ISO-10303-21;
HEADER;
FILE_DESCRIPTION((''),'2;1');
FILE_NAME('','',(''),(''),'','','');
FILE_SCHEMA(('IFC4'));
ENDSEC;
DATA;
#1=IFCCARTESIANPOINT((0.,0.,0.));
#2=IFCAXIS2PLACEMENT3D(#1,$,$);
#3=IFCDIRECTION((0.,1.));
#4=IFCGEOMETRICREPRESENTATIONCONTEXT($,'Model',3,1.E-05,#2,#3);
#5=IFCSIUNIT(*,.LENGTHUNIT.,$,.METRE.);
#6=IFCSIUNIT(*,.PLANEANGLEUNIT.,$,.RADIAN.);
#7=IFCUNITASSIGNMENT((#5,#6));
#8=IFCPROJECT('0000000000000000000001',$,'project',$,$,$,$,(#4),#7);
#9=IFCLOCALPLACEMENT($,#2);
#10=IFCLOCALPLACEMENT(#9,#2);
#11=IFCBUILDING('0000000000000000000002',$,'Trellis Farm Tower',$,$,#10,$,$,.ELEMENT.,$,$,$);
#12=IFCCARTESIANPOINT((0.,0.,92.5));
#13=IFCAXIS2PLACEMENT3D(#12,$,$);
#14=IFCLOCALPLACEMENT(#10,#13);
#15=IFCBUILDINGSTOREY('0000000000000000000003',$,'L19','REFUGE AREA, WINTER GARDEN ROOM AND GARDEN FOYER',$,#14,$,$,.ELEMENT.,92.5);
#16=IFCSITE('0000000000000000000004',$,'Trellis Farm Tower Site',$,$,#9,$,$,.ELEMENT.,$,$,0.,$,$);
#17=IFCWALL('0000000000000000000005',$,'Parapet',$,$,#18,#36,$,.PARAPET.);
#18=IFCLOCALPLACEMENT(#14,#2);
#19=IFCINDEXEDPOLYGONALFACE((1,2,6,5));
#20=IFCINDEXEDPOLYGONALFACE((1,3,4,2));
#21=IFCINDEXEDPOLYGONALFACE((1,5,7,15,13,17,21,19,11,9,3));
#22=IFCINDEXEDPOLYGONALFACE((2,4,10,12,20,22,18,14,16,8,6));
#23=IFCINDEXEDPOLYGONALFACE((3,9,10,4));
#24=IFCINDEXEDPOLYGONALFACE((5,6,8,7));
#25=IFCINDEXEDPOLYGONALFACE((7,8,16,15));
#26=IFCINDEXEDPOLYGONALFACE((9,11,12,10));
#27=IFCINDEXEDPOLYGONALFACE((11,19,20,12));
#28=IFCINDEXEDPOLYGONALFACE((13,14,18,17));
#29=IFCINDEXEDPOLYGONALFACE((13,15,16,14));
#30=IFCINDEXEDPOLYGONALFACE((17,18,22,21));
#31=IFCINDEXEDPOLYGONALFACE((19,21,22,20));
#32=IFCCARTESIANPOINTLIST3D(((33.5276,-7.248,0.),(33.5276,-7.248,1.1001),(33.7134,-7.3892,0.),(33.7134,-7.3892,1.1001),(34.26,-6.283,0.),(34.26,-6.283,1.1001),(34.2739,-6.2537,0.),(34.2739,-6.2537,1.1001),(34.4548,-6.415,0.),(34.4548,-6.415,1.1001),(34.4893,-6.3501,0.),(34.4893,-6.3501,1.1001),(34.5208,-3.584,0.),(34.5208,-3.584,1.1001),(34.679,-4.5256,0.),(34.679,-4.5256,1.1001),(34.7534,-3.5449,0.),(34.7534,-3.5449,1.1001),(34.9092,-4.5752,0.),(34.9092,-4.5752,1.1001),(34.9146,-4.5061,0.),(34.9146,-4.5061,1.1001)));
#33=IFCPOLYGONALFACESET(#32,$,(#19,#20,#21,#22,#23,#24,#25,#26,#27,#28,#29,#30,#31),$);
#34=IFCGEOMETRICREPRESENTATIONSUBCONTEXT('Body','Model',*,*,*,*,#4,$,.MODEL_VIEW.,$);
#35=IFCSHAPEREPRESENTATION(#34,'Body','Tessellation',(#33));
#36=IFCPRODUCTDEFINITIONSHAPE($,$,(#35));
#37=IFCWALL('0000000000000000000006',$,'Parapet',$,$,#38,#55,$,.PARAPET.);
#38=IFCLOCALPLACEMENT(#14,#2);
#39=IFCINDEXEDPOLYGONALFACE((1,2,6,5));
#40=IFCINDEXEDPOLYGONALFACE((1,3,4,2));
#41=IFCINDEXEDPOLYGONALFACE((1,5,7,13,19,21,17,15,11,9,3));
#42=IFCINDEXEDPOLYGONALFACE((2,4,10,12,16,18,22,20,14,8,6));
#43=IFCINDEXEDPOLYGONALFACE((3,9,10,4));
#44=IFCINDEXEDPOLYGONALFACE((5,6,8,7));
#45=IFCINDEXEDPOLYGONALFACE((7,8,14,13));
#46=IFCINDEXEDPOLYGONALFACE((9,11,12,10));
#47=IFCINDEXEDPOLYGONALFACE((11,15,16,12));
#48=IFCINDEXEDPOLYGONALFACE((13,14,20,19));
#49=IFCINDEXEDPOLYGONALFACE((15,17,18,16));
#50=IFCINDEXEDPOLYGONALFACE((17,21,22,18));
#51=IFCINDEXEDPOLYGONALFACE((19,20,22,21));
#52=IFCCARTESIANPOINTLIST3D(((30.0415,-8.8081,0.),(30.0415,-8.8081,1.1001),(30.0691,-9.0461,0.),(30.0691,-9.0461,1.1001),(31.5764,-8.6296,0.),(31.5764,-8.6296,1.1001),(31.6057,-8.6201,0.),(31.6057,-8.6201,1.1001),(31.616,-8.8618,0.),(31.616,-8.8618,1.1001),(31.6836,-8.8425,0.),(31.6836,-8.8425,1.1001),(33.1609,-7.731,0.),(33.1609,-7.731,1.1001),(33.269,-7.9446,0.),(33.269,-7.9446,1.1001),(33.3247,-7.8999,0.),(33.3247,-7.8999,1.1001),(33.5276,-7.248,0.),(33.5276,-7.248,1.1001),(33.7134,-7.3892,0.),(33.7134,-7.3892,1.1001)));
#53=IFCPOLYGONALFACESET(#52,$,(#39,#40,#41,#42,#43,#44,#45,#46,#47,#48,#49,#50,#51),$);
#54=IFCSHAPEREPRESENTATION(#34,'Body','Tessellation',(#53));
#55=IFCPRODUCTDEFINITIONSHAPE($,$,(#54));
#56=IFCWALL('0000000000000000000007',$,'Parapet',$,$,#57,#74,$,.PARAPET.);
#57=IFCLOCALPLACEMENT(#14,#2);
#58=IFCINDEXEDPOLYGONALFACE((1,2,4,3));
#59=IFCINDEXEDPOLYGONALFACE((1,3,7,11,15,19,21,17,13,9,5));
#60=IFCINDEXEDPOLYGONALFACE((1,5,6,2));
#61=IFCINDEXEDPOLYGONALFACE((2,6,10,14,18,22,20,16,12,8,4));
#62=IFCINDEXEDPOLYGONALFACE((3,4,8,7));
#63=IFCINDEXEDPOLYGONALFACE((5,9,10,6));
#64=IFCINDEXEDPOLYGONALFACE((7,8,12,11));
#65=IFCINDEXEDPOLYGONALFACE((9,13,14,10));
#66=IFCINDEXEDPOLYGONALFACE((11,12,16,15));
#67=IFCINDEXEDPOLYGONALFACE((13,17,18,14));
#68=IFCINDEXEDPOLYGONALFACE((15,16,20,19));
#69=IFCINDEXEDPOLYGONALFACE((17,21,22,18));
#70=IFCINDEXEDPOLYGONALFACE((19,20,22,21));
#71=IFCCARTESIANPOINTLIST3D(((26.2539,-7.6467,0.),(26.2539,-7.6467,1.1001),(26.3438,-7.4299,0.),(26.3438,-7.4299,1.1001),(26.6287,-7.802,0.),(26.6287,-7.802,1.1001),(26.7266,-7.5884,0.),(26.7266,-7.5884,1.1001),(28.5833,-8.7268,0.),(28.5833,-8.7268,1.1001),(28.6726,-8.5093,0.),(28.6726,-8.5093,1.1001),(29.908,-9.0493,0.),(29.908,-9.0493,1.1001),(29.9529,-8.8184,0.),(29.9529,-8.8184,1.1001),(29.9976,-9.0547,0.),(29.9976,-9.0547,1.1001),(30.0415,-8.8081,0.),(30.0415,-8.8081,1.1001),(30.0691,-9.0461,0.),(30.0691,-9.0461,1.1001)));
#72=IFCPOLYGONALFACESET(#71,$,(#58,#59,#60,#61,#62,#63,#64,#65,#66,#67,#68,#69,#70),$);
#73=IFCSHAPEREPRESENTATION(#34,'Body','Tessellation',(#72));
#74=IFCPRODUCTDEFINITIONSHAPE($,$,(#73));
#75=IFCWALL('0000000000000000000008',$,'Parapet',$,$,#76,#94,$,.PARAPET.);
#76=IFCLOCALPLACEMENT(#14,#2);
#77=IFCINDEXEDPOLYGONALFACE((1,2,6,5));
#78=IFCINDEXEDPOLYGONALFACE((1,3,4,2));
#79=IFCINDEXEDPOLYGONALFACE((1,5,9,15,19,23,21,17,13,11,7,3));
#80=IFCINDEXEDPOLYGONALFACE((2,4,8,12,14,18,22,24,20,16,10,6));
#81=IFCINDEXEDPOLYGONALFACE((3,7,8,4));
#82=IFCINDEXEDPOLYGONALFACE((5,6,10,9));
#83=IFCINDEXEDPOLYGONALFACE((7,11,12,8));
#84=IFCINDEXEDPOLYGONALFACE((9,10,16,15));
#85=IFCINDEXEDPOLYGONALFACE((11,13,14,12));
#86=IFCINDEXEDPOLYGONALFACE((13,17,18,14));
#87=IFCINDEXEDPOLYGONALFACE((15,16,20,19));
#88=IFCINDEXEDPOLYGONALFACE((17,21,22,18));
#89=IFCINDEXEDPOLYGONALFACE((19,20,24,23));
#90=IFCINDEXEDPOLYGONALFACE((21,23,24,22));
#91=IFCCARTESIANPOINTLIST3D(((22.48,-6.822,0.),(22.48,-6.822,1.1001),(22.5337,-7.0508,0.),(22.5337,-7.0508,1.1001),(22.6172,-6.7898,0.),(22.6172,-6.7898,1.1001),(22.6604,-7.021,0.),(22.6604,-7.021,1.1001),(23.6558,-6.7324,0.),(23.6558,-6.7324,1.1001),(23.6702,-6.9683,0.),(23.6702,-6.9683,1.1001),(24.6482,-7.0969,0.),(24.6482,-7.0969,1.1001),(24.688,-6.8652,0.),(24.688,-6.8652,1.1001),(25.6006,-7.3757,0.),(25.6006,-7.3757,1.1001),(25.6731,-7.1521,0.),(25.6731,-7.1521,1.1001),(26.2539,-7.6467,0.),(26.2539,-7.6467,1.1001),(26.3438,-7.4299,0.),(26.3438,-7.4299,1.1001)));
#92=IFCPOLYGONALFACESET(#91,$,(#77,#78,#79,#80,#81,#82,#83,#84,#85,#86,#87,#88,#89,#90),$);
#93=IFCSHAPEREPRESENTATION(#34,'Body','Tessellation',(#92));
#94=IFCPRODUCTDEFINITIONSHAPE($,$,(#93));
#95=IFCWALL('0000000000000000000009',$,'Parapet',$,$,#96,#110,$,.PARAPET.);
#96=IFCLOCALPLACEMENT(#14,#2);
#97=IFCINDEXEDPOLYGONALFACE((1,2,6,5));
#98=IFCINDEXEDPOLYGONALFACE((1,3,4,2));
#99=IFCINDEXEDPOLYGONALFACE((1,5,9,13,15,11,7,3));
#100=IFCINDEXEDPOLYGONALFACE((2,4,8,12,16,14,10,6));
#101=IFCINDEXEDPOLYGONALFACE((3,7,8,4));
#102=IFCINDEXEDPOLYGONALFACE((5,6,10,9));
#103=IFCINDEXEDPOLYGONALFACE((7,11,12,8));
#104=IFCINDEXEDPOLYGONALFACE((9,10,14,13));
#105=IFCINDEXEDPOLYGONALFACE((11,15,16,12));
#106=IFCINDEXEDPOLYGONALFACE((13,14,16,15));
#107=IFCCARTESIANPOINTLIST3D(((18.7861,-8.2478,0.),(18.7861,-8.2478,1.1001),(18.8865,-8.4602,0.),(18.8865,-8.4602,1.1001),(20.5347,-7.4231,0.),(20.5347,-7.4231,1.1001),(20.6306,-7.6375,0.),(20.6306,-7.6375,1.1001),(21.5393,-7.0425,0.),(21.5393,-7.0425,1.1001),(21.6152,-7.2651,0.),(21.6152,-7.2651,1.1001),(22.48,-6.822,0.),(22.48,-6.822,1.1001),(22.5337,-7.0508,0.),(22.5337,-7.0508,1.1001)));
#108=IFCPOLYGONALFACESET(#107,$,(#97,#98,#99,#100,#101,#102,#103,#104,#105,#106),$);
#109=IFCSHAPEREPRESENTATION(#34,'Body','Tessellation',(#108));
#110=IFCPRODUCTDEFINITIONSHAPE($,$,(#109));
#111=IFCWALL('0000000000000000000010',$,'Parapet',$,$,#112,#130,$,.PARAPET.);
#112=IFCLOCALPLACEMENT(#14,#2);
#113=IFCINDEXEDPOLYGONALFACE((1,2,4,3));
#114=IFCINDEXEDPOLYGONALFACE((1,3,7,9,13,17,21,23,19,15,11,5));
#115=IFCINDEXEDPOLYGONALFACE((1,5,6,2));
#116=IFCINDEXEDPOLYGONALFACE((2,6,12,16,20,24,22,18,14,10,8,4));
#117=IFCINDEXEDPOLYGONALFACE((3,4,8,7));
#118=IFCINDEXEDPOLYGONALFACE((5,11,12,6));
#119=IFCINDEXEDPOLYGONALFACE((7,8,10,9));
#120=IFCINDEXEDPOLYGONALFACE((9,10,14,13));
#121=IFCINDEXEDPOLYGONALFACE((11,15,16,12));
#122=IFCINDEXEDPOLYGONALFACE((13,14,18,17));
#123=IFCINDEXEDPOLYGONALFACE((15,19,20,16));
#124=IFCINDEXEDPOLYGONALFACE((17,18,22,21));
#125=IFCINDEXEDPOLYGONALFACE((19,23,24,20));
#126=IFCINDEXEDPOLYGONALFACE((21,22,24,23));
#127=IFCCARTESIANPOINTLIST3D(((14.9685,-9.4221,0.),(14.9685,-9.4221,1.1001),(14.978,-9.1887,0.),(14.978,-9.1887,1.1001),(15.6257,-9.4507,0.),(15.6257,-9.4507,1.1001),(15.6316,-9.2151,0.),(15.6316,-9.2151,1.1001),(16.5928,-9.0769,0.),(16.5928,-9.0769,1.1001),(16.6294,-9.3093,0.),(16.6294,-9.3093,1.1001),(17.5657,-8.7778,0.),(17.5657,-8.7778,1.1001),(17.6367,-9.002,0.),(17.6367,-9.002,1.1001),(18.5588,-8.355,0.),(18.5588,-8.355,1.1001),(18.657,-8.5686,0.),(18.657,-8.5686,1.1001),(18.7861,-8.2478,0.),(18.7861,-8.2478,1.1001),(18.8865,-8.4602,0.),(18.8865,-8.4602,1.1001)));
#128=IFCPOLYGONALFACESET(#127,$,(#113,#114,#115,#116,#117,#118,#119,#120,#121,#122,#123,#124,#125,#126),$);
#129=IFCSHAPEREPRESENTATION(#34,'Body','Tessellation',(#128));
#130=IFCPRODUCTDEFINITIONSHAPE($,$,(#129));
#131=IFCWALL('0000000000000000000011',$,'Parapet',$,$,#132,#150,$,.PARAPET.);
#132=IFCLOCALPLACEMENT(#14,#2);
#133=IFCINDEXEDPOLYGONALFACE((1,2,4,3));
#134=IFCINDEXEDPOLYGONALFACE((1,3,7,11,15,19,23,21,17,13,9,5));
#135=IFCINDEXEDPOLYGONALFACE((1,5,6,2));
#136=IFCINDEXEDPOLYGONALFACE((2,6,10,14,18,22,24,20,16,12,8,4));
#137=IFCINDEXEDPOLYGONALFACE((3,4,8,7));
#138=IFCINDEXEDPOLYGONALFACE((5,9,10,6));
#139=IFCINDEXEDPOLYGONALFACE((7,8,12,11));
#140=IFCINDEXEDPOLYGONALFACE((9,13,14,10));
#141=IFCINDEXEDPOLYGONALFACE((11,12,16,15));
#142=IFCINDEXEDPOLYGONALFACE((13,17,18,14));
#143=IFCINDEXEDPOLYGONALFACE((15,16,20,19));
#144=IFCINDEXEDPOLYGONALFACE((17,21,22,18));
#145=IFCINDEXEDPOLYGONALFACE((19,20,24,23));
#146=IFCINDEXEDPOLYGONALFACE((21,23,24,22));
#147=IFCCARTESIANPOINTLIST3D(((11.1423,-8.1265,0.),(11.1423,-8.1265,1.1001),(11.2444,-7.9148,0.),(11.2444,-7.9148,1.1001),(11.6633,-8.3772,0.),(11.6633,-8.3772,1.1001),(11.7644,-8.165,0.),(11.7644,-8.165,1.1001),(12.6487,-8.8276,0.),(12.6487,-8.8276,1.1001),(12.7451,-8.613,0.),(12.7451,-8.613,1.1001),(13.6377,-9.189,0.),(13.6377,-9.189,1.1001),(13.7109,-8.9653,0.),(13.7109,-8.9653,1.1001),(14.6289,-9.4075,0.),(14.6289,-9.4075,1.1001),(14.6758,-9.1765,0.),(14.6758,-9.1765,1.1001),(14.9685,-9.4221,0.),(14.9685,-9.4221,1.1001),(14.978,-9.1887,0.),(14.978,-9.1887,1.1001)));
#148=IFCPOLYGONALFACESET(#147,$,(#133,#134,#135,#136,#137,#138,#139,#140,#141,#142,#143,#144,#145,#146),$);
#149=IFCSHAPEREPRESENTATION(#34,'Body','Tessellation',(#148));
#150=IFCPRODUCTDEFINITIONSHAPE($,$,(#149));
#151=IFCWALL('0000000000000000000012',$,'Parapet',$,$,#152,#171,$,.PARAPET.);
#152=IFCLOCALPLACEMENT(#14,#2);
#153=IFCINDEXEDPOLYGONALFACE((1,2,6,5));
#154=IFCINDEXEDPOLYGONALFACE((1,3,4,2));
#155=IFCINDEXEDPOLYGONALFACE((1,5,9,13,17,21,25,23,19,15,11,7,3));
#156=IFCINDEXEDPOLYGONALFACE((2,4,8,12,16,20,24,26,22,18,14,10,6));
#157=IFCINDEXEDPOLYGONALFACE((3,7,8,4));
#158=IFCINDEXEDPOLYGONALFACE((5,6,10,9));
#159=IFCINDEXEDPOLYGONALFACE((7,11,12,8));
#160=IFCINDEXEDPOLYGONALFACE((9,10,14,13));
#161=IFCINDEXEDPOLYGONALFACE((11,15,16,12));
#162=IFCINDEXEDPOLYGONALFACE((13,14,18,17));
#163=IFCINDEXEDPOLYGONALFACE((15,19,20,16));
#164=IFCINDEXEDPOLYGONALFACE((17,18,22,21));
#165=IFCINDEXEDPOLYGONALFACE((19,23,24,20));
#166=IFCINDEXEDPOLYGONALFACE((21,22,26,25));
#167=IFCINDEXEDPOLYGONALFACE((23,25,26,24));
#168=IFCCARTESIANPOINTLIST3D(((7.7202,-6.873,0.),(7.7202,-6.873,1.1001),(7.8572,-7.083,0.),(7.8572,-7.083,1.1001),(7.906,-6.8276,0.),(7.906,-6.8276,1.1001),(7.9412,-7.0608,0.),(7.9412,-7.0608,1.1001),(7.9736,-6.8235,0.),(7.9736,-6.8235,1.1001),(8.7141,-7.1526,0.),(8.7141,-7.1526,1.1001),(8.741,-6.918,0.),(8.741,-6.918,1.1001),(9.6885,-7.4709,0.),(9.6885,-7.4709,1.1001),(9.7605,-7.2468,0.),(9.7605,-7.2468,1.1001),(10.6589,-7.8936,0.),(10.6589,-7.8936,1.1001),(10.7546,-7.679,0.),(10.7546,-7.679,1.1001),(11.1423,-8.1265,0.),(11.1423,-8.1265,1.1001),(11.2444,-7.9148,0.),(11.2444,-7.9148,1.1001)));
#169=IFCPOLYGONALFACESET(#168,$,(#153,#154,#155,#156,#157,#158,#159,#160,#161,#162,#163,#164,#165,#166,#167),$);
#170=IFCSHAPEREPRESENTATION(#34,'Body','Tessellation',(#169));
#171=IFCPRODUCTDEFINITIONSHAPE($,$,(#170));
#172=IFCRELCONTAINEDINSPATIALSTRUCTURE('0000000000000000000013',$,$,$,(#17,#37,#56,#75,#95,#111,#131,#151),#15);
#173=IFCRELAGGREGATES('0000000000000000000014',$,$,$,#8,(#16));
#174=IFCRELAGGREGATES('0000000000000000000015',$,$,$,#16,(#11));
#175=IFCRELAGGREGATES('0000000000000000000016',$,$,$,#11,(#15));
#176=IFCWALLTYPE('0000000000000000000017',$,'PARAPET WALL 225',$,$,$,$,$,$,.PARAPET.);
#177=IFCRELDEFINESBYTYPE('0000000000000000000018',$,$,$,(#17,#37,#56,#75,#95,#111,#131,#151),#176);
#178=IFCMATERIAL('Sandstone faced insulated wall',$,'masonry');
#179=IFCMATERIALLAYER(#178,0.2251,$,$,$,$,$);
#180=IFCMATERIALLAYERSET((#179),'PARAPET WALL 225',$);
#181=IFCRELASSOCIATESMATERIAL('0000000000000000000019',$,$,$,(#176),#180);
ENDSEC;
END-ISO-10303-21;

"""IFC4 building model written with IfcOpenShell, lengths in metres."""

from ifc_helpers import new_model, si_unit, direction, frame, origin, place, context, subcontext, project, spatial, polyline, outline, extrude, material, layer, layer_set, type_object, element, save


model = new_model("IFC4")

# Units and contexts
model_context = context("Model", 3, precision=1e-05, world=origin(), true_north=direction((0.0, 1.0)))
body_context = subcontext(model_context, "Body", "Model", "MODEL_VIEW")
ifc_project = project(units=[si_unit("LENGTHUNIT", "METRE"), si_unit("PLANEANGLEUNIT", "RADIAN")], contexts=[model_context])

# Site, building, storey
site_placement = place(None, origin())
site = spatial("IfcSite", under=ifc_project, at=site_placement, Name="Trellis Farm Tower Site", CompositionType="ELEMENT", RefElevation=0.0)
building_placement = place(site_placement, origin())
building = spatial("IfcBuilding", under=site, at=building_placement, Name="Trellis Farm Tower", CompositionType="ELEMENT")
storey_placement = place(building_placement, frame((0.0, 0.0, 92.5)))
storey = spatial("IfcBuildingStorey", under=building, at=storey_placement, Name="L19", Description="REFUGE AREA, WINTER GARDEN ROOM AND GARDEN FOYER", CompositionType="ELEMENT", Elevation=92.5)

# Walls
ifc_material = material(Name="Sandstone faced insulated wall", Category="masonry")
ifc_layer = layer(ifc_material, 0.2251)
ifc_layer_set = layer_set([ifc_layer], Name="PARAPET WALL 225")
wall_type = type_object("IfcWallType", Name="PARAPET WALL 225", PredefinedType="PARAPET", material=ifc_layer_set)
placement = place(storey_placement, origin())
element("IfcWall", 1, at=placement, inside=storey, type_object=wall_type, Name="Parapet", PredefinedType="PARAPET", context=body_context, shape_type="SweptSolid", body=[
    extrude(outline(polyline([(34.7534, -3.5449), (34.9146, -4.5061), (34.9092, -4.5752), (34.4893, -6.3501), (34.4548, -6.415), (33.7134, -7.3892), (33.5276, -7.248), (34.26, -6.283), (34.2739, -6.2537), (34.679, -4.5256), (34.5208, -3.584), (34.7534, -3.5449)])), origin(), (0.0, 0.0, 1.0), 1.1001),
])
element("IfcWall", 2, at=placement, inside=storey, type_object=wall_type, Name="Parapet", PredefinedType="PARAPET", context=body_context, shape_type="SweptSolid", body=[
    extrude(outline(polyline([(33.7134, -7.3892), (33.3247, -7.8999), (33.269, -7.9446), (31.6836, -8.8425), (31.616, -8.8618), (30.0691, -9.0461), (30.0415, -8.8081), (31.5764, -8.6296), (31.6057, -8.6201), (33.1609, -7.731), (33.5276, -7.248), (33.7134, -7.3892)])), origin(), (0.0, 0.0, 1.0), 1.1001),
])
element("IfcWall", 3, at=placement, inside=storey, type_object=wall_type, Name="Parapet", PredefinedType="PARAPET", context=body_context, shape_type="SweptSolid", body=[
    extrude(outline(polyline([(30.0691, -9.0461), (29.9976, -9.0547), (29.908, -9.0493), (28.5833, -8.7268), (26.6287, -7.802), (26.2539, -7.6467), (26.3438, -7.4299), (26.7266, -7.5884), (28.6726, -8.5093), (29.9529, -8.8184), (30.0415, -8.8081), (30.0691, -9.0461)])), origin(), (0.0, 0.0, 1.0), 1.1001),
])
element("IfcWall", 4, at=placement, inside=storey, type_object=wall_type, Name="Parapet", PredefinedType="PARAPET", context=body_context, shape_type="SweptSolid", body=[
    extrude(outline(polyline([(26.2539, -7.6467), (25.6006, -7.3757), (24.6482, -7.0969), (23.6702, -6.9683), (22.6604, -7.021), (22.5337, -7.0508), (22.48, -6.822), (22.6172, -6.7898), (23.6558, -6.7324), (24.688, -6.8652), (25.6731, -7.1521), (26.3438, -7.4299), (26.2539, -7.6467)])), origin(), (0.0, 0.0, 1.0), 1.1001),
])
element("IfcWall", 5, at=placement, inside=storey, type_object=wall_type, Name="Parapet", PredefinedType="PARAPET", context=body_context, shape_type="SweptSolid", body=[
    extrude(outline(polyline([(22.5337, -7.0508), (21.6152, -7.2651), (20.6306, -7.6375), (18.8865, -8.4602), (18.7861, -8.2478), (20.5347, -7.4231), (21.5393, -7.0425), (22.48, -6.822), (22.5337, -7.0508)])), origin(), (0.0, 0.0, 1.0), 1.1001),
])
element("IfcWall", 6, at=placement, inside=storey, type_object=wall_type, Name="Parapet", PredefinedType="PARAPET", context=body_context, shape_type="SweptSolid", body=[
    extrude(outline(polyline([(18.8865, -8.4602), (18.657, -8.5686), (17.6367, -9.002), (16.6294, -9.3093), (15.6257, -9.4507), (14.9685, -9.4221), (14.978, -9.1887), (15.6316, -9.2151), (16.5928, -9.0769), (17.5657, -8.7778), (18.5588, -8.355), (18.7861, -8.2478), (18.8865, -8.4602)])), origin(), (0.0, 0.0, 1.0), 1.1001),
])
element("IfcWall", 7, at=placement, inside=storey, type_object=wall_type, Name="Parapet", PredefinedType="PARAPET", context=body_context, shape_type="SweptSolid", body=[
    extrude(outline(polyline([(14.9685, -9.4221), (14.6289, -9.4075), (13.6377, -9.189), (12.6487, -8.8276), (11.6633, -8.3772), (11.1423, -8.1265), (11.2444, -7.9148), (11.7644, -8.165), (12.7451, -8.613), (13.7109, -8.9653), (14.6758, -9.1765), (14.978, -9.1887), (14.9685, -9.4221)])), origin(), (0.0, 0.0, 1.0), 1.1001),
])
element("IfcWall", 8, at=placement, inside=storey, type_object=wall_type, Name="Parapet", PredefinedType="PARAPET", context=body_context, shape_type="SweptSolid", body=[
    extrude(outline(polyline([(11.1423, -8.1265), (10.6589, -7.8936), (9.6885, -7.4709), (8.7141, -7.1526), (7.9412, -7.0608), (7.8572, -7.083), (7.7202, -6.873), (7.906, -6.8276), (7.9736, -6.8235), (8.741, -6.918), (9.7605, -7.2468), (10.7546, -7.679), (11.2444, -7.9148), (11.1423, -8.1265)])), origin(), (0.0, 0.0, 1.0), 1.1001),
])

save(model, "model.ifc")
